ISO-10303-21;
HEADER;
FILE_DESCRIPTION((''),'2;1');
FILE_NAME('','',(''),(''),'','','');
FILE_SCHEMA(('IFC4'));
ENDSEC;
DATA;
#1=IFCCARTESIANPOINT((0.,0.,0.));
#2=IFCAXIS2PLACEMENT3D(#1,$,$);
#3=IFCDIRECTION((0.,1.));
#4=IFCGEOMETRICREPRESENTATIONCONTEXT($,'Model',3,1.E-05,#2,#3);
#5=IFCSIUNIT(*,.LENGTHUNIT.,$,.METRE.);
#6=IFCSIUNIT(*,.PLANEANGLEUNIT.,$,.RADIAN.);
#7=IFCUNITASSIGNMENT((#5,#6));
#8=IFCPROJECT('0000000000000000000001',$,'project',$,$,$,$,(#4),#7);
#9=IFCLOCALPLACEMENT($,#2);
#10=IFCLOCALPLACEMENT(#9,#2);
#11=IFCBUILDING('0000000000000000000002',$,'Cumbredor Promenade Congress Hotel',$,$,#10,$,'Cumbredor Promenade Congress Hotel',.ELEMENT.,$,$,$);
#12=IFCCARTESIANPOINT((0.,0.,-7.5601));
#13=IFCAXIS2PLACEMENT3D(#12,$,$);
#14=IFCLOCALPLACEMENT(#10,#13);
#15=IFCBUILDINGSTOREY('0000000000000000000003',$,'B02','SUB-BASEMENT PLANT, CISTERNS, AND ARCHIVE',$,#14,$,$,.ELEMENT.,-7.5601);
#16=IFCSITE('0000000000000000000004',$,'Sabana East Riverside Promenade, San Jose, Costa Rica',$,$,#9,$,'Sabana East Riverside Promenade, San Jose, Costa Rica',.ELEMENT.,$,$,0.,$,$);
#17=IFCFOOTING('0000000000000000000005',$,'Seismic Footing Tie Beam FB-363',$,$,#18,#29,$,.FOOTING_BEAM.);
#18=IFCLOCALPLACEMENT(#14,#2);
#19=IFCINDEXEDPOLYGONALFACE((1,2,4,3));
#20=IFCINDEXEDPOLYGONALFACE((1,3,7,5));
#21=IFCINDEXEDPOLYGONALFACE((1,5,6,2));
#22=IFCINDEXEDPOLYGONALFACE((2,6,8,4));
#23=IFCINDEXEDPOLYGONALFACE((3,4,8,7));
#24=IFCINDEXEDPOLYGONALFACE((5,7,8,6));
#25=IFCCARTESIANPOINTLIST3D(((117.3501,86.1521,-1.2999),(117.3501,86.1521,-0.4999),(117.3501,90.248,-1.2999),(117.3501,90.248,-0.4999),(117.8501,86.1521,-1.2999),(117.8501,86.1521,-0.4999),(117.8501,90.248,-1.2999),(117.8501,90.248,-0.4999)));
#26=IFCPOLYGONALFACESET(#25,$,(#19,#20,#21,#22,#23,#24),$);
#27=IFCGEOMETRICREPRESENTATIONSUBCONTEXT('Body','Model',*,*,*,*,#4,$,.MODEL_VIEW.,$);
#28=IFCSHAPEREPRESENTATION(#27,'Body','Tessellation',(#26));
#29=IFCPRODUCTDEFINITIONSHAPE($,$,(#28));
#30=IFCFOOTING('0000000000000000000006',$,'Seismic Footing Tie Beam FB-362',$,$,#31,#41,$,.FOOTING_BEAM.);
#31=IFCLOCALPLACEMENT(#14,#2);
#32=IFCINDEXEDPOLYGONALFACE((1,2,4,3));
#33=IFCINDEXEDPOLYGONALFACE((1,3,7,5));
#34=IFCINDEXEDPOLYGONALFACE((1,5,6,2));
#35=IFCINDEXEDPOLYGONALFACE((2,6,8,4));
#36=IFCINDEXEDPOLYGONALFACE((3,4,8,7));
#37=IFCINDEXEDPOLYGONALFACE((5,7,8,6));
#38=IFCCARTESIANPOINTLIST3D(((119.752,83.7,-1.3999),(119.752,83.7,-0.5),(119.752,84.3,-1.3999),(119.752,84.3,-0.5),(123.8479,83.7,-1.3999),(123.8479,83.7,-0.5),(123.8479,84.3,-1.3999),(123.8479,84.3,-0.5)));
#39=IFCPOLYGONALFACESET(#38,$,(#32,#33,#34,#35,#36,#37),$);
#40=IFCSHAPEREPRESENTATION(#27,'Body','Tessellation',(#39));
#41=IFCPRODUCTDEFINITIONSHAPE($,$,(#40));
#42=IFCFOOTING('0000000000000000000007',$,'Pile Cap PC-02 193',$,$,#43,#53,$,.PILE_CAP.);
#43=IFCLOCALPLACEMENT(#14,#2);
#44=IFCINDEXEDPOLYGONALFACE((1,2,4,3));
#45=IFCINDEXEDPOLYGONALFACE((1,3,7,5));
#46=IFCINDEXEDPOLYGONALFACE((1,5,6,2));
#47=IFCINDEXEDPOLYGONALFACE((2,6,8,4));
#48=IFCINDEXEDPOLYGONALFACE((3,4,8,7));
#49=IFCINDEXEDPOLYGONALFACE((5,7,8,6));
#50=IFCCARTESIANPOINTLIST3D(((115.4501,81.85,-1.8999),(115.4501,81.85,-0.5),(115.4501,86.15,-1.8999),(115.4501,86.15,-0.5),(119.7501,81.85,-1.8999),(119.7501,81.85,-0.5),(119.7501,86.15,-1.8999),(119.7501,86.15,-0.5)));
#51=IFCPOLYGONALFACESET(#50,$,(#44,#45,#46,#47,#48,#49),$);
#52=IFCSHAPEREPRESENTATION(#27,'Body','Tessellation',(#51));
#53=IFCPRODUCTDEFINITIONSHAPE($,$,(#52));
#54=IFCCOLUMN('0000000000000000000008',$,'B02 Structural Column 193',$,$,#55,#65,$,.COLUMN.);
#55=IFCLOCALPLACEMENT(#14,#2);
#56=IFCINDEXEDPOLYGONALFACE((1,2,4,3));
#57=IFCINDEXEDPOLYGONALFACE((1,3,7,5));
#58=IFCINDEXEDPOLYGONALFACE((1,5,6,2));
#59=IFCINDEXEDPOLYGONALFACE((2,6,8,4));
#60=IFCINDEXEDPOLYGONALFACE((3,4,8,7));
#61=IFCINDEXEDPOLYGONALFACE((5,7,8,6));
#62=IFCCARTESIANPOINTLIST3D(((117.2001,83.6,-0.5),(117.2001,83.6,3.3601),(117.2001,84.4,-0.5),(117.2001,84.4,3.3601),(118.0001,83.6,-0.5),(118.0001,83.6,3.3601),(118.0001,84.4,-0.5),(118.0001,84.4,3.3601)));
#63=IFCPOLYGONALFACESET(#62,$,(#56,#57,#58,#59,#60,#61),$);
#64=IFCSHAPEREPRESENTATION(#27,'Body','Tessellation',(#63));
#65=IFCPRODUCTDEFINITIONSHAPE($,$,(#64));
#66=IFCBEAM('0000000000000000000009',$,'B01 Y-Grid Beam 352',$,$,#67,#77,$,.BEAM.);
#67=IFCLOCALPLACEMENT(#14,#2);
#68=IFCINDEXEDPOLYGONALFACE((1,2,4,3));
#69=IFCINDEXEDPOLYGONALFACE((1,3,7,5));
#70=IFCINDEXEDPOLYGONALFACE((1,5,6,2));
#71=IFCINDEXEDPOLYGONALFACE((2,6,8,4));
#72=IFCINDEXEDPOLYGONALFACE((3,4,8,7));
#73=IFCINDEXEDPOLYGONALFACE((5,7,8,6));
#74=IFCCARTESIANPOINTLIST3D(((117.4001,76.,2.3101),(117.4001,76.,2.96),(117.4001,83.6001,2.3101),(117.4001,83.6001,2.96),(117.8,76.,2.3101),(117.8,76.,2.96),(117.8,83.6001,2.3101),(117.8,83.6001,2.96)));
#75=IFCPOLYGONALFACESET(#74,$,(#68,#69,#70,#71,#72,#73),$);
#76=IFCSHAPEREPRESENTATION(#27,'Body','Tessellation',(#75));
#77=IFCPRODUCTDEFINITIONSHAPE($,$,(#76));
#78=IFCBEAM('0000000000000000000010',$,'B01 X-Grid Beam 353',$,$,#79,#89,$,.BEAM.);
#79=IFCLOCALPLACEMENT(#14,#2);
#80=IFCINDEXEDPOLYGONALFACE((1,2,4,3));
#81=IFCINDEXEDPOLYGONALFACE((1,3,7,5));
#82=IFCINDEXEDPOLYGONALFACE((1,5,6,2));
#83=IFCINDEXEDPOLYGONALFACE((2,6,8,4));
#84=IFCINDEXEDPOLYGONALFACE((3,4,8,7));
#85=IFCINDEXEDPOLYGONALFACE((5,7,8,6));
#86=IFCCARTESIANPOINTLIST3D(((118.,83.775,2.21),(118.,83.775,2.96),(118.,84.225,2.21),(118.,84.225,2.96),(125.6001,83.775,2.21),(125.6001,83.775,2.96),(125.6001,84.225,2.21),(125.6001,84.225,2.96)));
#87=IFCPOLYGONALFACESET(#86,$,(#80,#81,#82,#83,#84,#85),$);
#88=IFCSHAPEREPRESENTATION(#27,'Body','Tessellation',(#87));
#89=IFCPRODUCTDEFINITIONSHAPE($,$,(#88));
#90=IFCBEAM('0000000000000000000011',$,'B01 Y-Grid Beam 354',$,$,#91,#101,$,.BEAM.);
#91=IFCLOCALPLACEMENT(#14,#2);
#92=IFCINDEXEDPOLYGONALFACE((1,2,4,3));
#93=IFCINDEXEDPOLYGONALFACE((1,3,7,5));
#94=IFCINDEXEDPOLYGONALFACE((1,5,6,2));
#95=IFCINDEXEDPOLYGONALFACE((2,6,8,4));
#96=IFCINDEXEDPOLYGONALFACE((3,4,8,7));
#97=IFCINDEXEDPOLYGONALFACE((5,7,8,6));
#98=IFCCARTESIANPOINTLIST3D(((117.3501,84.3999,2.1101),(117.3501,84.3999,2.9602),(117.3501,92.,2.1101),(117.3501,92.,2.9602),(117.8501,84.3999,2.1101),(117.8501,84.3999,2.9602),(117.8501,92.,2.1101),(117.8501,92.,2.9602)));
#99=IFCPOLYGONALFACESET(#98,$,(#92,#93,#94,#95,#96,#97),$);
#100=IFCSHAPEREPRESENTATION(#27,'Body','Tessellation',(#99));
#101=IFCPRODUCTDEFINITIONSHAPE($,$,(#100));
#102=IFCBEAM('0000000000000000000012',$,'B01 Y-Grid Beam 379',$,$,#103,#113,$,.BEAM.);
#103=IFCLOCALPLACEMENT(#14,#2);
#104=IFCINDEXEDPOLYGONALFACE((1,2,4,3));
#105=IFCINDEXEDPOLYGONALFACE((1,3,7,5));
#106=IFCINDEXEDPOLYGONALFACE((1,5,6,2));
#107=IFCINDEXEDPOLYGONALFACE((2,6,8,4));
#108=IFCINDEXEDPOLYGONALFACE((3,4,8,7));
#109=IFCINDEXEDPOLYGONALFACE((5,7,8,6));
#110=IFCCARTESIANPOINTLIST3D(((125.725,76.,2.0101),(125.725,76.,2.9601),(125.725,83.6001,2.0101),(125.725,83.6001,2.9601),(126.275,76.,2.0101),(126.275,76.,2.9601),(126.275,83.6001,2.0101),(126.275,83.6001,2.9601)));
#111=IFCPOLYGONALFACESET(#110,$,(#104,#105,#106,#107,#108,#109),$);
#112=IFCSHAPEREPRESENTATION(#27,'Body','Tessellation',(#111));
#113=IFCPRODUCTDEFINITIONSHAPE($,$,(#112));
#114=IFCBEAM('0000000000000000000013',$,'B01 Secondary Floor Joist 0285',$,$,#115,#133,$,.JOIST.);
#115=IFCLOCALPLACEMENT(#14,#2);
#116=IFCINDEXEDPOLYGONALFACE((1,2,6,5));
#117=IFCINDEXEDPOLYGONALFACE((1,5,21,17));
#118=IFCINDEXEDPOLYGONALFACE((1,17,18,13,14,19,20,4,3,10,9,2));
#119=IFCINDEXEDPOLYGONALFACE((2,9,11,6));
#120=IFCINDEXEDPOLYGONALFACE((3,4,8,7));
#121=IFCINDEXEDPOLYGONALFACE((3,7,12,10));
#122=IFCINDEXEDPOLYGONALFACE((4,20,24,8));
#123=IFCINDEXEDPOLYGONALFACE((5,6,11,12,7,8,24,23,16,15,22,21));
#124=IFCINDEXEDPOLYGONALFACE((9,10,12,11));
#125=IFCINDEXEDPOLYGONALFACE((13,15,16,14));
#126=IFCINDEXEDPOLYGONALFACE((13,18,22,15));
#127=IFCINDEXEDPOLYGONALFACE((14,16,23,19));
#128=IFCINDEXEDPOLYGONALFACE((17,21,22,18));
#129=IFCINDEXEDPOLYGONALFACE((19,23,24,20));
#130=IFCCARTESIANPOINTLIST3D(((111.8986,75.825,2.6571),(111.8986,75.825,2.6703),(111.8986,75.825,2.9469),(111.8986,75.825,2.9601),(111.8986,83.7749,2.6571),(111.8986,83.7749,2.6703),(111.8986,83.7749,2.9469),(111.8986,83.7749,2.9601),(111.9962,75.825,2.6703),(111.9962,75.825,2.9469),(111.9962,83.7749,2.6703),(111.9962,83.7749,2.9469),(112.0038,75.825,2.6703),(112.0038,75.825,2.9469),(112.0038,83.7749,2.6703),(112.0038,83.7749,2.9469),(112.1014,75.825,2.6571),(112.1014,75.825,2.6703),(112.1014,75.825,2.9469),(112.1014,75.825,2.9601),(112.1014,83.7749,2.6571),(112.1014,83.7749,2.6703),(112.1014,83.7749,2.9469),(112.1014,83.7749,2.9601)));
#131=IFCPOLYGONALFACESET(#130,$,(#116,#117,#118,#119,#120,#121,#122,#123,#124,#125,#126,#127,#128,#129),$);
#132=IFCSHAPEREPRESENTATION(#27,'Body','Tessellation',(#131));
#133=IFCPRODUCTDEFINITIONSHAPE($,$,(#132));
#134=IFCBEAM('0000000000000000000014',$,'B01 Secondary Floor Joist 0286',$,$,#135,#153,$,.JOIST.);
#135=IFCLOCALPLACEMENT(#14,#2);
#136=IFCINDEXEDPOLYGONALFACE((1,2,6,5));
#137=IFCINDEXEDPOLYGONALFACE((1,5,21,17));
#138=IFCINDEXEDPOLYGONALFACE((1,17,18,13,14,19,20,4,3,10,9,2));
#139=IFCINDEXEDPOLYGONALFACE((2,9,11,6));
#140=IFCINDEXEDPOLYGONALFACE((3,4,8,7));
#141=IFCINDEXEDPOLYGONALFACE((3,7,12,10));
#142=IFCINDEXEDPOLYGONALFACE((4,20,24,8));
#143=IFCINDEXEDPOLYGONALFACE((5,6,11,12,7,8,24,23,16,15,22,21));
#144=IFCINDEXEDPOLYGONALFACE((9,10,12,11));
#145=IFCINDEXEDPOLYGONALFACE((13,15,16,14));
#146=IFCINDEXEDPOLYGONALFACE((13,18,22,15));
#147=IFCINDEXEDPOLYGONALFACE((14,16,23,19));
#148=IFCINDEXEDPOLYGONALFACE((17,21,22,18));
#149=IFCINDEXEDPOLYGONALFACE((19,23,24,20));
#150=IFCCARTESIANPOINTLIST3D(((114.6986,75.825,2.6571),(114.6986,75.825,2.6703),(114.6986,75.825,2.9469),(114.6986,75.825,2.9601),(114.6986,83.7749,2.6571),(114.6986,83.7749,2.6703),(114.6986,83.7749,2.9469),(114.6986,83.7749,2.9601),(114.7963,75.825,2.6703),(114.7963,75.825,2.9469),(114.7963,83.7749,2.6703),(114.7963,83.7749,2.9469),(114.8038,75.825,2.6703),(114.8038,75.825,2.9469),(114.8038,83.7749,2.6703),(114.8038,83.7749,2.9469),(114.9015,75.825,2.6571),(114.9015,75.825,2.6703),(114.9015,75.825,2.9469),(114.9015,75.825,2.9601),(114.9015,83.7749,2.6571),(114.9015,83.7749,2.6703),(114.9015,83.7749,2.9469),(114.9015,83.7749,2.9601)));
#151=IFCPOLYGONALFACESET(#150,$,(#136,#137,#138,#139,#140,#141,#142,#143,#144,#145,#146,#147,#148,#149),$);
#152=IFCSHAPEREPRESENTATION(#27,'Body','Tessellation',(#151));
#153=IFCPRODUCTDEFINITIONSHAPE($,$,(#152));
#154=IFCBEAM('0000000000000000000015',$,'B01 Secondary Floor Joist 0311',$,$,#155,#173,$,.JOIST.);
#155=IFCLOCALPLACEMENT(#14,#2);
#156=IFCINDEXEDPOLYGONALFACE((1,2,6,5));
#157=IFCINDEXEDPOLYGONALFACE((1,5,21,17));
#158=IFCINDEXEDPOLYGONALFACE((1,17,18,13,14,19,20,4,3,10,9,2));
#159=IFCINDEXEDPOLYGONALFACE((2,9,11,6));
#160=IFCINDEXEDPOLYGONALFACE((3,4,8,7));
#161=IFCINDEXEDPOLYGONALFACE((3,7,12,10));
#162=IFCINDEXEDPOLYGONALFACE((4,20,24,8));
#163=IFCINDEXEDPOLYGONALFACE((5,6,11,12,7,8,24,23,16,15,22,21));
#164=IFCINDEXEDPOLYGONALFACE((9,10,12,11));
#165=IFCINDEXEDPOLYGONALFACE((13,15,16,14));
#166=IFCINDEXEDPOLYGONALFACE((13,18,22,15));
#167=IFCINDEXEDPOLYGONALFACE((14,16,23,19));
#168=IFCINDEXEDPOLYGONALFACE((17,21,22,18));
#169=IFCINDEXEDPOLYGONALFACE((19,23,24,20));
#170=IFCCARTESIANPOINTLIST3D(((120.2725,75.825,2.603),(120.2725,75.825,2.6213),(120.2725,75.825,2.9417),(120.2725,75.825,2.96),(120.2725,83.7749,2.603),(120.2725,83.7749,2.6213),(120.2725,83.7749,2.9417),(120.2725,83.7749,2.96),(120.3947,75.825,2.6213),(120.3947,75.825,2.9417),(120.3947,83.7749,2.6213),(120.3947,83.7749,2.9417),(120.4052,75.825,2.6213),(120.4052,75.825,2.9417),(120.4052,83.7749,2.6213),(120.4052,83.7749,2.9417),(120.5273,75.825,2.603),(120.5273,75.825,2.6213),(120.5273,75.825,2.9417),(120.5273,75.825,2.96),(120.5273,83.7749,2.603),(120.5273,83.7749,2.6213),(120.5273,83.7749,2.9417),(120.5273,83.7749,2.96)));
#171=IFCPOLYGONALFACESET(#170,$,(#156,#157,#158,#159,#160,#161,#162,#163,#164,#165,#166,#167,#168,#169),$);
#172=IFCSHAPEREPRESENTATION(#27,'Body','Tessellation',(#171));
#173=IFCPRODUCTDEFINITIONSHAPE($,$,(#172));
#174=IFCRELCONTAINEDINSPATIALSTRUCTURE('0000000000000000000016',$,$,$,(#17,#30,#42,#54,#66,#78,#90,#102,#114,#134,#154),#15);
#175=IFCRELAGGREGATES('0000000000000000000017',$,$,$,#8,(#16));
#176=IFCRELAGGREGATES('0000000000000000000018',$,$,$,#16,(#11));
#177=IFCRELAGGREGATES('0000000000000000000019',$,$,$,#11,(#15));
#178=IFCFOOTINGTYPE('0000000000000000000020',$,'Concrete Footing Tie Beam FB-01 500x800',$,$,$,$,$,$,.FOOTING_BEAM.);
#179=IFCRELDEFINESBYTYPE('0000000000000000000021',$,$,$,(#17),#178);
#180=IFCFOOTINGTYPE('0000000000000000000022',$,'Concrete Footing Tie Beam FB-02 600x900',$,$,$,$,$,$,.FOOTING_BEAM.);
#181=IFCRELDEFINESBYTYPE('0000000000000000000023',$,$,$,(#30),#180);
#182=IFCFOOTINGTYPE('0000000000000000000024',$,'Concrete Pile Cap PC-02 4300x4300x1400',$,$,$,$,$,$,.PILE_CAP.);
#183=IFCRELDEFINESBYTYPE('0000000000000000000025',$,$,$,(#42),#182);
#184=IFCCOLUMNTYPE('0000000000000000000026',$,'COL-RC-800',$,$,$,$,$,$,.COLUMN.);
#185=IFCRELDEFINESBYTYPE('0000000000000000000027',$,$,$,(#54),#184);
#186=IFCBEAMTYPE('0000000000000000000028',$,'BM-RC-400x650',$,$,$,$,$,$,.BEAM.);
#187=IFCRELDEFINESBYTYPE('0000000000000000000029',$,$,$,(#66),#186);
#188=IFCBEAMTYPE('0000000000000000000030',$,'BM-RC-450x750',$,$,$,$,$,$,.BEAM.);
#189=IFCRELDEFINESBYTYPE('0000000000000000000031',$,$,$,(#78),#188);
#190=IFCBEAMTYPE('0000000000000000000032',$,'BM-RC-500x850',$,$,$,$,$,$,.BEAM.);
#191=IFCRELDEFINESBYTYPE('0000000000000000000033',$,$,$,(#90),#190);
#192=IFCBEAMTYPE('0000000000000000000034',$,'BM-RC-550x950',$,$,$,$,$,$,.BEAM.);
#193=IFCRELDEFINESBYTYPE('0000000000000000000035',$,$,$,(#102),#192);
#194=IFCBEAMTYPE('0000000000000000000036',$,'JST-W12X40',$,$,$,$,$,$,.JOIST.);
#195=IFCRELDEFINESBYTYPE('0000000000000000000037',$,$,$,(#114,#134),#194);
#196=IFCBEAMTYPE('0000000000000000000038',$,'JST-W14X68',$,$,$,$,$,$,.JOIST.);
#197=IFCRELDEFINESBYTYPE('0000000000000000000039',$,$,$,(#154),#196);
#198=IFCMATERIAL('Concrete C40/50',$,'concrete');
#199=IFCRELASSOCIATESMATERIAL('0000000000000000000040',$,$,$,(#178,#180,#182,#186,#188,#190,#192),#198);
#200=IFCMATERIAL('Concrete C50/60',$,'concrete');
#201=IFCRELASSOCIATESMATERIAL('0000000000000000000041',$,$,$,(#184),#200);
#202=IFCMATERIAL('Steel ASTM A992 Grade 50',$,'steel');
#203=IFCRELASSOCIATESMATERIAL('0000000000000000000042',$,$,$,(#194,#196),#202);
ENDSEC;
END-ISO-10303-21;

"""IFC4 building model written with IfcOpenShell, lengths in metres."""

from ifc_helpers import new_model, si_unit, direction, frame, origin, origin_2d, place, context, subcontext, project, spatial, rectangle, i_section, extrude, material, material_profile, profile_set, type_object, element, save


model = new_model("IFC4")

# Units and contexts
model_context = context("Model", 3, precision=1e-05, world=origin(), true_north=direction((0.0, 1.0)))
body_context = subcontext(model_context, "Body", "Model", "MODEL_VIEW")
ifc_project = project(units=[si_unit("LENGTHUNIT", "METRE"), si_unit("PLANEANGLEUNIT", "RADIAN")], contexts=[model_context])

# Site, building, storey
site_placement = place(None, origin())
site = spatial("IfcSite", under=ifc_project, at=site_placement, Name="Sabana East Riverside Promenade, San Jose, Costa Rica", LongName="Sabana East Riverside Promenade, San Jose, Costa Rica", CompositionType="ELEMENT", RefElevation=0.0)
building_placement = place(site_placement, origin())
building = spatial("IfcBuilding", under=site, at=building_placement, Name="Cumbredor Promenade Congress Hotel", LongName="Cumbredor Promenade Congress Hotel", CompositionType="ELEMENT")
storey_placement = place(building_placement, frame((0.0, 0.0, -7.5601)))
storey = spatial("IfcBuildingStorey", under=building, at=storey_placement, Name="B02", Description="SUB-BASEMENT PLANT, CISTERNS, AND ARCHIVE", CompositionType="ELEMENT", Elevation=-7.5601)

# Shared definitions
ifc_material_1 = material(Name="Concrete C40/50", Category="concrete")

# Footings
ifc_material_profile_1 = material_profile(ifc_material_1, rectangle(XDim=0.5, YDim=0.8, at=origin_2d()), Name="FB 500x800")
ifc_profile_set_1 = profile_set([ifc_material_profile_1], Name="Concrete C40/50")
footing_type_1 = type_object("IfcFootingType", Name="Concrete Footing Tie Beam FB-01 500x800", PredefinedType="FOOTING_BEAM", material=ifc_profile_set_1)
for number, where, z_axis, x_axis, name in (
    (1, (117.6001, 86.1521, -0.8999), (0.0, 1.0, 0.0), (-1.0, 0.0, 0.0), "Seismic Footing Tie Beam FB-363"),
):
    element("IfcFooting", number, at=place(storey_placement, frame(where, z_axis=z_axis, x_axis=x_axis)), inside=storey, type_object=footing_type_1, Name=name, PredefinedType="FOOTING_BEAM", context=body_context, shape_type="SweptSolid", body=[
        extrude(rectangle(XDim=0.5, YDim=0.8, at=origin_2d()), origin(), (0.0, 0.0, 1.0), 4.0959),
    ])
ifc_material_profile_2 = material_profile(ifc_material_1, rectangle(XDim=0.6001, YDim=0.8999, at=origin_2d()), Name="FB 600x900")
ifc_profile_set_2 = profile_set([ifc_material_profile_2], Name="Concrete C40/50")
footing_type_2 = type_object("IfcFootingType", Name="Concrete Footing Tie Beam FB-02 600x900", PredefinedType="FOOTING_BEAM", material=ifc_profile_set_2)
footing_1_placement = place(storey_placement, frame((119.752, 84.0, -0.95), z_axis=(1.0, 0.0, 0.0), x_axis=(0.0, 1.0, 0.0)))
element("IfcFooting", 2, at=footing_1_placement, inside=storey, type_object=footing_type_2, Name="Seismic Footing Tie Beam FB-362", PredefinedType="FOOTING_BEAM", context=body_context, shape_type="SweptSolid", body=[
    extrude(rectangle(XDim=0.6001, YDim=0.8999, at=origin_2d()), origin(), (0.0, 0.0, 1.0), 4.0959),
])
footing_type_3 = type_object("IfcFootingType", Name="Concrete Pile Cap PC-02 4300x4300x1400", PredefinedType="PILE_CAP", material=ifc_material_1)
footing_2_placement = place(storey_placement, frame((117.6001, 84.0, -1.8999), z_axis=(0.0, 0.0, 1.0), x_axis=(1.0, 0.0, 0.0)))
element("IfcFooting", 3, at=footing_2_placement, inside=storey, type_object=footing_type_3, Name="Pile Cap PC-02 193", PredefinedType="PILE_CAP", context=body_context, shape_type="SweptSolid", body=[
    extrude(rectangle(XDim=4.3, YDim=4.3, at=origin_2d()), origin(), (0.0, 0.0, 1.0), 1.3999),
])

# Column
ifc_material_2 = material(Name="Concrete C50/60", Category="concrete")
ifc_material_profile_3 = material_profile(ifc_material_2, rectangle(XDim=0.8, YDim=0.8, at=origin_2d()), Name="RC 800x800")
ifc_profile_set_3 = profile_set([ifc_material_profile_3], Name="Concrete C50/60")
column_type = type_object("IfcColumnType", Name="COL-RC-800", PredefinedType="COLUMN", material=ifc_profile_set_3)
column_placement = place(storey_placement, frame((117.6001, 84.0, -0.5), z_axis=(0.0, 0.0, 1.0), x_axis=(1.0, 0.0, 0.0)))
element("IfcColumn", 4, at=column_placement, inside=storey, type_object=column_type, Name="B02 Structural Column 193", PredefinedType="COLUMN", context=body_context, shape_type="SweptSolid", body=[
    extrude(rectangle(XDim=0.8, YDim=0.8, at=origin_2d()), origin(), (0.0, 0.0, 1.0), 3.8601),
])

# Beams
ifc_material_profile_4 = material_profile(ifc_material_1, rectangle(XDim=0.3999, YDim=0.6499, at=origin_2d()), Name="RC BEAM 400x650")
ifc_profile_set_4 = profile_set([ifc_material_profile_4], Name="Concrete C40/50")
beam_type_1 = type_object("IfcBeamType", Name="BM-RC-400x650", PredefinedType="BEAM", material=ifc_profile_set_4)
beam_1_placement = place(storey_placement, frame((117.6001, 76.0, 2.635), z_axis=(0.0, 1.0, 0.0), x_axis=(-1.0, 0.0, 0.0)))
element("IfcBeam", 5, at=beam_1_placement, inside=storey, type_object=beam_type_1, Name="B01 Y-Grid Beam 352", PredefinedType="BEAM", context=body_context, shape_type="SweptSolid", body=[
    extrude(rectangle(XDim=0.3999, YDim=0.6499, at=origin_2d()), origin(), (0.0, 0.0, 1.0), 7.6001),
])
ifc_material_profile_5 = material_profile(ifc_material_1, rectangle(XDim=0.45, YDim=0.75, at=origin_2d()), Name="RC BEAM 450x750")
ifc_profile_set_5 = profile_set([ifc_material_profile_5], Name="Concrete C40/50")
beam_type_2 = type_object("IfcBeamType", Name="BM-RC-450x750", PredefinedType="BEAM", material=ifc_profile_set_5)
beam_2_placement = place(storey_placement, frame((118.0, 84.0, 2.585), z_axis=(1.0, 0.0, 0.0), x_axis=(0.0, 1.0, 0.0)))
element("IfcBeam", 6, at=beam_2_placement, inside=storey, type_object=beam_type_2, Name="B01 X-Grid Beam 353", PredefinedType="BEAM", context=body_context, shape_type="SweptSolid", body=[
    extrude(rectangle(XDim=0.45, YDim=0.75, at=origin_2d()), origin(), (0.0, 0.0, 1.0), 7.6001),
])
ifc_material_profile_6 = material_profile(ifc_material_1, rectangle(XDim=0.5, YDim=0.8501, at=origin_2d()), Name="RC BEAM 500x850")
ifc_profile_set_6 = profile_set([ifc_material_profile_6], Name="Concrete C40/50")
beam_type_3 = type_object("IfcBeamType", Name="BM-RC-500x850", PredefinedType="BEAM", material=ifc_profile_set_6)
beam_3_placement = place(storey_placement, frame((117.6001, 84.3999, 2.5352), z_axis=(0.0, 1.0, 0.0), x_axis=(-1.0, 0.0, 0.0)))
element("IfcBeam", 7, at=beam_3_placement, inside=storey, type_object=beam_type_3, Name="B01 Y-Grid Beam 354", PredefinedType="BEAM", context=body_context, shape_type="SweptSolid", body=[
    extrude(rectangle(XDim=0.5, YDim=0.8501, at=origin_2d()), origin(), (0.0, 0.0, 1.0), 7.6001),
])
ifc_material_profile_7 = material_profile(ifc_material_1, rectangle(XDim=0.55, YDim=0.95, at=origin_2d()), Name="RC BEAM 550x950")
ifc_profile_set_7 = profile_set([ifc_material_profile_7], Name="Concrete C40/50")
beam_type_4 = type_object("IfcBeamType", Name="BM-RC-550x950", PredefinedType="BEAM", material=ifc_profile_set_7)
beam_4_placement = place(storey_placement, frame((126.0, 76.0, 2.4851), z_axis=(0.0, 1.0, 0.0), x_axis=(-1.0, 0.0, 0.0)))
element("IfcBeam", 8, at=beam_4_placement, inside=storey, type_object=beam_type_4, Name="B01 Y-Grid Beam 379", PredefinedType="BEAM", context=body_context, shape_type="SweptSolid", body=[
    extrude(rectangle(XDim=0.55, YDim=0.95, at=origin_2d()), origin(), (0.0, 0.0, 1.0), 7.6001),
])
ifc_material_3 = material(Name="Steel ASTM A992 Grade 50", Category="steel")
ifc_material_profile_8 = material_profile(ifc_material_3, i_section(OverallWidth=0.2029, OverallDepth=0.303, WebThickness=0.0076, FlangeThickness=0.0132, at=origin_2d()), Name="W12X40")
ifc_profile_set_8 = profile_set([ifc_material_profile_8], Name="Steel ASTM A992 Grade 50")
beam_type_5 = type_object("IfcBeamType", Name="JST-W12X40", PredefinedType="JOIST", material=ifc_profile_set_8)
for number, where, z_axis, x_axis, name in (
    (9, (112.0, 75.825, 2.8086), (0.0, 1.0, 0.0), (-1.0, 0.0, 0.0), "B01 Secondary Floor Joist 0285"),
    (10, (114.8, 75.825, 2.8086), (0.0, 1.0, 0.0), (-1.0, 0.0, 0.0), "B01 Secondary Floor Joist 0286"),
):
    element("IfcBeam", number, at=place(storey_placement, frame(where, z_axis=z_axis, x_axis=x_axis)), inside=storey, type_object=beam_type_5, Name=name, PredefinedType="JOIST", context=body_context, shape_type="SweptSolid", body=[
        extrude(i_section(OverallWidth=0.2029, OverallDepth=0.303, WebThickness=0.0076, FlangeThickness=0.0132, at=origin_2d()), origin(), (0.0, 0.0, 1.0), 7.95),
    ])
ifc_material_profile_9 = material_profile(ifc_material_3, i_section(OverallWidth=0.2549, OverallDepth=0.3569, WebThickness=0.0105, FlangeThickness=0.0183, at=origin_2d()), Name="W14X68")
ifc_profile_set_9 = profile_set([ifc_material_profile_9], Name="Steel ASTM A992 Grade 50")
beam_type_6 = type_object("IfcBeamType", Name="JST-W14X68", PredefinedType="JOIST", material=ifc_profile_set_9)
for number, where, z_axis, x_axis, name in (
    (11, (120.3999, 75.825, 2.7815), (0.0, 1.0, 0.0), (-1.0, 0.0, 0.0), "B01 Secondary Floor Joist 0311"),
):
    element("IfcBeam", number, at=place(storey_placement, frame(where, z_axis=z_axis, x_axis=x_axis)), inside=storey, type_object=beam_type_6, Name=name, PredefinedType="JOIST", context=body_context, shape_type="SweptSolid", body=[
        extrude(i_section(OverallWidth=0.2549, OverallDepth=0.3569, WebThickness=0.0105, FlangeThickness=0.0183, at=origin_2d()), origin(), (0.0, 0.0, 1.0), 7.95),
    ])

save(model, "model.ifc")
